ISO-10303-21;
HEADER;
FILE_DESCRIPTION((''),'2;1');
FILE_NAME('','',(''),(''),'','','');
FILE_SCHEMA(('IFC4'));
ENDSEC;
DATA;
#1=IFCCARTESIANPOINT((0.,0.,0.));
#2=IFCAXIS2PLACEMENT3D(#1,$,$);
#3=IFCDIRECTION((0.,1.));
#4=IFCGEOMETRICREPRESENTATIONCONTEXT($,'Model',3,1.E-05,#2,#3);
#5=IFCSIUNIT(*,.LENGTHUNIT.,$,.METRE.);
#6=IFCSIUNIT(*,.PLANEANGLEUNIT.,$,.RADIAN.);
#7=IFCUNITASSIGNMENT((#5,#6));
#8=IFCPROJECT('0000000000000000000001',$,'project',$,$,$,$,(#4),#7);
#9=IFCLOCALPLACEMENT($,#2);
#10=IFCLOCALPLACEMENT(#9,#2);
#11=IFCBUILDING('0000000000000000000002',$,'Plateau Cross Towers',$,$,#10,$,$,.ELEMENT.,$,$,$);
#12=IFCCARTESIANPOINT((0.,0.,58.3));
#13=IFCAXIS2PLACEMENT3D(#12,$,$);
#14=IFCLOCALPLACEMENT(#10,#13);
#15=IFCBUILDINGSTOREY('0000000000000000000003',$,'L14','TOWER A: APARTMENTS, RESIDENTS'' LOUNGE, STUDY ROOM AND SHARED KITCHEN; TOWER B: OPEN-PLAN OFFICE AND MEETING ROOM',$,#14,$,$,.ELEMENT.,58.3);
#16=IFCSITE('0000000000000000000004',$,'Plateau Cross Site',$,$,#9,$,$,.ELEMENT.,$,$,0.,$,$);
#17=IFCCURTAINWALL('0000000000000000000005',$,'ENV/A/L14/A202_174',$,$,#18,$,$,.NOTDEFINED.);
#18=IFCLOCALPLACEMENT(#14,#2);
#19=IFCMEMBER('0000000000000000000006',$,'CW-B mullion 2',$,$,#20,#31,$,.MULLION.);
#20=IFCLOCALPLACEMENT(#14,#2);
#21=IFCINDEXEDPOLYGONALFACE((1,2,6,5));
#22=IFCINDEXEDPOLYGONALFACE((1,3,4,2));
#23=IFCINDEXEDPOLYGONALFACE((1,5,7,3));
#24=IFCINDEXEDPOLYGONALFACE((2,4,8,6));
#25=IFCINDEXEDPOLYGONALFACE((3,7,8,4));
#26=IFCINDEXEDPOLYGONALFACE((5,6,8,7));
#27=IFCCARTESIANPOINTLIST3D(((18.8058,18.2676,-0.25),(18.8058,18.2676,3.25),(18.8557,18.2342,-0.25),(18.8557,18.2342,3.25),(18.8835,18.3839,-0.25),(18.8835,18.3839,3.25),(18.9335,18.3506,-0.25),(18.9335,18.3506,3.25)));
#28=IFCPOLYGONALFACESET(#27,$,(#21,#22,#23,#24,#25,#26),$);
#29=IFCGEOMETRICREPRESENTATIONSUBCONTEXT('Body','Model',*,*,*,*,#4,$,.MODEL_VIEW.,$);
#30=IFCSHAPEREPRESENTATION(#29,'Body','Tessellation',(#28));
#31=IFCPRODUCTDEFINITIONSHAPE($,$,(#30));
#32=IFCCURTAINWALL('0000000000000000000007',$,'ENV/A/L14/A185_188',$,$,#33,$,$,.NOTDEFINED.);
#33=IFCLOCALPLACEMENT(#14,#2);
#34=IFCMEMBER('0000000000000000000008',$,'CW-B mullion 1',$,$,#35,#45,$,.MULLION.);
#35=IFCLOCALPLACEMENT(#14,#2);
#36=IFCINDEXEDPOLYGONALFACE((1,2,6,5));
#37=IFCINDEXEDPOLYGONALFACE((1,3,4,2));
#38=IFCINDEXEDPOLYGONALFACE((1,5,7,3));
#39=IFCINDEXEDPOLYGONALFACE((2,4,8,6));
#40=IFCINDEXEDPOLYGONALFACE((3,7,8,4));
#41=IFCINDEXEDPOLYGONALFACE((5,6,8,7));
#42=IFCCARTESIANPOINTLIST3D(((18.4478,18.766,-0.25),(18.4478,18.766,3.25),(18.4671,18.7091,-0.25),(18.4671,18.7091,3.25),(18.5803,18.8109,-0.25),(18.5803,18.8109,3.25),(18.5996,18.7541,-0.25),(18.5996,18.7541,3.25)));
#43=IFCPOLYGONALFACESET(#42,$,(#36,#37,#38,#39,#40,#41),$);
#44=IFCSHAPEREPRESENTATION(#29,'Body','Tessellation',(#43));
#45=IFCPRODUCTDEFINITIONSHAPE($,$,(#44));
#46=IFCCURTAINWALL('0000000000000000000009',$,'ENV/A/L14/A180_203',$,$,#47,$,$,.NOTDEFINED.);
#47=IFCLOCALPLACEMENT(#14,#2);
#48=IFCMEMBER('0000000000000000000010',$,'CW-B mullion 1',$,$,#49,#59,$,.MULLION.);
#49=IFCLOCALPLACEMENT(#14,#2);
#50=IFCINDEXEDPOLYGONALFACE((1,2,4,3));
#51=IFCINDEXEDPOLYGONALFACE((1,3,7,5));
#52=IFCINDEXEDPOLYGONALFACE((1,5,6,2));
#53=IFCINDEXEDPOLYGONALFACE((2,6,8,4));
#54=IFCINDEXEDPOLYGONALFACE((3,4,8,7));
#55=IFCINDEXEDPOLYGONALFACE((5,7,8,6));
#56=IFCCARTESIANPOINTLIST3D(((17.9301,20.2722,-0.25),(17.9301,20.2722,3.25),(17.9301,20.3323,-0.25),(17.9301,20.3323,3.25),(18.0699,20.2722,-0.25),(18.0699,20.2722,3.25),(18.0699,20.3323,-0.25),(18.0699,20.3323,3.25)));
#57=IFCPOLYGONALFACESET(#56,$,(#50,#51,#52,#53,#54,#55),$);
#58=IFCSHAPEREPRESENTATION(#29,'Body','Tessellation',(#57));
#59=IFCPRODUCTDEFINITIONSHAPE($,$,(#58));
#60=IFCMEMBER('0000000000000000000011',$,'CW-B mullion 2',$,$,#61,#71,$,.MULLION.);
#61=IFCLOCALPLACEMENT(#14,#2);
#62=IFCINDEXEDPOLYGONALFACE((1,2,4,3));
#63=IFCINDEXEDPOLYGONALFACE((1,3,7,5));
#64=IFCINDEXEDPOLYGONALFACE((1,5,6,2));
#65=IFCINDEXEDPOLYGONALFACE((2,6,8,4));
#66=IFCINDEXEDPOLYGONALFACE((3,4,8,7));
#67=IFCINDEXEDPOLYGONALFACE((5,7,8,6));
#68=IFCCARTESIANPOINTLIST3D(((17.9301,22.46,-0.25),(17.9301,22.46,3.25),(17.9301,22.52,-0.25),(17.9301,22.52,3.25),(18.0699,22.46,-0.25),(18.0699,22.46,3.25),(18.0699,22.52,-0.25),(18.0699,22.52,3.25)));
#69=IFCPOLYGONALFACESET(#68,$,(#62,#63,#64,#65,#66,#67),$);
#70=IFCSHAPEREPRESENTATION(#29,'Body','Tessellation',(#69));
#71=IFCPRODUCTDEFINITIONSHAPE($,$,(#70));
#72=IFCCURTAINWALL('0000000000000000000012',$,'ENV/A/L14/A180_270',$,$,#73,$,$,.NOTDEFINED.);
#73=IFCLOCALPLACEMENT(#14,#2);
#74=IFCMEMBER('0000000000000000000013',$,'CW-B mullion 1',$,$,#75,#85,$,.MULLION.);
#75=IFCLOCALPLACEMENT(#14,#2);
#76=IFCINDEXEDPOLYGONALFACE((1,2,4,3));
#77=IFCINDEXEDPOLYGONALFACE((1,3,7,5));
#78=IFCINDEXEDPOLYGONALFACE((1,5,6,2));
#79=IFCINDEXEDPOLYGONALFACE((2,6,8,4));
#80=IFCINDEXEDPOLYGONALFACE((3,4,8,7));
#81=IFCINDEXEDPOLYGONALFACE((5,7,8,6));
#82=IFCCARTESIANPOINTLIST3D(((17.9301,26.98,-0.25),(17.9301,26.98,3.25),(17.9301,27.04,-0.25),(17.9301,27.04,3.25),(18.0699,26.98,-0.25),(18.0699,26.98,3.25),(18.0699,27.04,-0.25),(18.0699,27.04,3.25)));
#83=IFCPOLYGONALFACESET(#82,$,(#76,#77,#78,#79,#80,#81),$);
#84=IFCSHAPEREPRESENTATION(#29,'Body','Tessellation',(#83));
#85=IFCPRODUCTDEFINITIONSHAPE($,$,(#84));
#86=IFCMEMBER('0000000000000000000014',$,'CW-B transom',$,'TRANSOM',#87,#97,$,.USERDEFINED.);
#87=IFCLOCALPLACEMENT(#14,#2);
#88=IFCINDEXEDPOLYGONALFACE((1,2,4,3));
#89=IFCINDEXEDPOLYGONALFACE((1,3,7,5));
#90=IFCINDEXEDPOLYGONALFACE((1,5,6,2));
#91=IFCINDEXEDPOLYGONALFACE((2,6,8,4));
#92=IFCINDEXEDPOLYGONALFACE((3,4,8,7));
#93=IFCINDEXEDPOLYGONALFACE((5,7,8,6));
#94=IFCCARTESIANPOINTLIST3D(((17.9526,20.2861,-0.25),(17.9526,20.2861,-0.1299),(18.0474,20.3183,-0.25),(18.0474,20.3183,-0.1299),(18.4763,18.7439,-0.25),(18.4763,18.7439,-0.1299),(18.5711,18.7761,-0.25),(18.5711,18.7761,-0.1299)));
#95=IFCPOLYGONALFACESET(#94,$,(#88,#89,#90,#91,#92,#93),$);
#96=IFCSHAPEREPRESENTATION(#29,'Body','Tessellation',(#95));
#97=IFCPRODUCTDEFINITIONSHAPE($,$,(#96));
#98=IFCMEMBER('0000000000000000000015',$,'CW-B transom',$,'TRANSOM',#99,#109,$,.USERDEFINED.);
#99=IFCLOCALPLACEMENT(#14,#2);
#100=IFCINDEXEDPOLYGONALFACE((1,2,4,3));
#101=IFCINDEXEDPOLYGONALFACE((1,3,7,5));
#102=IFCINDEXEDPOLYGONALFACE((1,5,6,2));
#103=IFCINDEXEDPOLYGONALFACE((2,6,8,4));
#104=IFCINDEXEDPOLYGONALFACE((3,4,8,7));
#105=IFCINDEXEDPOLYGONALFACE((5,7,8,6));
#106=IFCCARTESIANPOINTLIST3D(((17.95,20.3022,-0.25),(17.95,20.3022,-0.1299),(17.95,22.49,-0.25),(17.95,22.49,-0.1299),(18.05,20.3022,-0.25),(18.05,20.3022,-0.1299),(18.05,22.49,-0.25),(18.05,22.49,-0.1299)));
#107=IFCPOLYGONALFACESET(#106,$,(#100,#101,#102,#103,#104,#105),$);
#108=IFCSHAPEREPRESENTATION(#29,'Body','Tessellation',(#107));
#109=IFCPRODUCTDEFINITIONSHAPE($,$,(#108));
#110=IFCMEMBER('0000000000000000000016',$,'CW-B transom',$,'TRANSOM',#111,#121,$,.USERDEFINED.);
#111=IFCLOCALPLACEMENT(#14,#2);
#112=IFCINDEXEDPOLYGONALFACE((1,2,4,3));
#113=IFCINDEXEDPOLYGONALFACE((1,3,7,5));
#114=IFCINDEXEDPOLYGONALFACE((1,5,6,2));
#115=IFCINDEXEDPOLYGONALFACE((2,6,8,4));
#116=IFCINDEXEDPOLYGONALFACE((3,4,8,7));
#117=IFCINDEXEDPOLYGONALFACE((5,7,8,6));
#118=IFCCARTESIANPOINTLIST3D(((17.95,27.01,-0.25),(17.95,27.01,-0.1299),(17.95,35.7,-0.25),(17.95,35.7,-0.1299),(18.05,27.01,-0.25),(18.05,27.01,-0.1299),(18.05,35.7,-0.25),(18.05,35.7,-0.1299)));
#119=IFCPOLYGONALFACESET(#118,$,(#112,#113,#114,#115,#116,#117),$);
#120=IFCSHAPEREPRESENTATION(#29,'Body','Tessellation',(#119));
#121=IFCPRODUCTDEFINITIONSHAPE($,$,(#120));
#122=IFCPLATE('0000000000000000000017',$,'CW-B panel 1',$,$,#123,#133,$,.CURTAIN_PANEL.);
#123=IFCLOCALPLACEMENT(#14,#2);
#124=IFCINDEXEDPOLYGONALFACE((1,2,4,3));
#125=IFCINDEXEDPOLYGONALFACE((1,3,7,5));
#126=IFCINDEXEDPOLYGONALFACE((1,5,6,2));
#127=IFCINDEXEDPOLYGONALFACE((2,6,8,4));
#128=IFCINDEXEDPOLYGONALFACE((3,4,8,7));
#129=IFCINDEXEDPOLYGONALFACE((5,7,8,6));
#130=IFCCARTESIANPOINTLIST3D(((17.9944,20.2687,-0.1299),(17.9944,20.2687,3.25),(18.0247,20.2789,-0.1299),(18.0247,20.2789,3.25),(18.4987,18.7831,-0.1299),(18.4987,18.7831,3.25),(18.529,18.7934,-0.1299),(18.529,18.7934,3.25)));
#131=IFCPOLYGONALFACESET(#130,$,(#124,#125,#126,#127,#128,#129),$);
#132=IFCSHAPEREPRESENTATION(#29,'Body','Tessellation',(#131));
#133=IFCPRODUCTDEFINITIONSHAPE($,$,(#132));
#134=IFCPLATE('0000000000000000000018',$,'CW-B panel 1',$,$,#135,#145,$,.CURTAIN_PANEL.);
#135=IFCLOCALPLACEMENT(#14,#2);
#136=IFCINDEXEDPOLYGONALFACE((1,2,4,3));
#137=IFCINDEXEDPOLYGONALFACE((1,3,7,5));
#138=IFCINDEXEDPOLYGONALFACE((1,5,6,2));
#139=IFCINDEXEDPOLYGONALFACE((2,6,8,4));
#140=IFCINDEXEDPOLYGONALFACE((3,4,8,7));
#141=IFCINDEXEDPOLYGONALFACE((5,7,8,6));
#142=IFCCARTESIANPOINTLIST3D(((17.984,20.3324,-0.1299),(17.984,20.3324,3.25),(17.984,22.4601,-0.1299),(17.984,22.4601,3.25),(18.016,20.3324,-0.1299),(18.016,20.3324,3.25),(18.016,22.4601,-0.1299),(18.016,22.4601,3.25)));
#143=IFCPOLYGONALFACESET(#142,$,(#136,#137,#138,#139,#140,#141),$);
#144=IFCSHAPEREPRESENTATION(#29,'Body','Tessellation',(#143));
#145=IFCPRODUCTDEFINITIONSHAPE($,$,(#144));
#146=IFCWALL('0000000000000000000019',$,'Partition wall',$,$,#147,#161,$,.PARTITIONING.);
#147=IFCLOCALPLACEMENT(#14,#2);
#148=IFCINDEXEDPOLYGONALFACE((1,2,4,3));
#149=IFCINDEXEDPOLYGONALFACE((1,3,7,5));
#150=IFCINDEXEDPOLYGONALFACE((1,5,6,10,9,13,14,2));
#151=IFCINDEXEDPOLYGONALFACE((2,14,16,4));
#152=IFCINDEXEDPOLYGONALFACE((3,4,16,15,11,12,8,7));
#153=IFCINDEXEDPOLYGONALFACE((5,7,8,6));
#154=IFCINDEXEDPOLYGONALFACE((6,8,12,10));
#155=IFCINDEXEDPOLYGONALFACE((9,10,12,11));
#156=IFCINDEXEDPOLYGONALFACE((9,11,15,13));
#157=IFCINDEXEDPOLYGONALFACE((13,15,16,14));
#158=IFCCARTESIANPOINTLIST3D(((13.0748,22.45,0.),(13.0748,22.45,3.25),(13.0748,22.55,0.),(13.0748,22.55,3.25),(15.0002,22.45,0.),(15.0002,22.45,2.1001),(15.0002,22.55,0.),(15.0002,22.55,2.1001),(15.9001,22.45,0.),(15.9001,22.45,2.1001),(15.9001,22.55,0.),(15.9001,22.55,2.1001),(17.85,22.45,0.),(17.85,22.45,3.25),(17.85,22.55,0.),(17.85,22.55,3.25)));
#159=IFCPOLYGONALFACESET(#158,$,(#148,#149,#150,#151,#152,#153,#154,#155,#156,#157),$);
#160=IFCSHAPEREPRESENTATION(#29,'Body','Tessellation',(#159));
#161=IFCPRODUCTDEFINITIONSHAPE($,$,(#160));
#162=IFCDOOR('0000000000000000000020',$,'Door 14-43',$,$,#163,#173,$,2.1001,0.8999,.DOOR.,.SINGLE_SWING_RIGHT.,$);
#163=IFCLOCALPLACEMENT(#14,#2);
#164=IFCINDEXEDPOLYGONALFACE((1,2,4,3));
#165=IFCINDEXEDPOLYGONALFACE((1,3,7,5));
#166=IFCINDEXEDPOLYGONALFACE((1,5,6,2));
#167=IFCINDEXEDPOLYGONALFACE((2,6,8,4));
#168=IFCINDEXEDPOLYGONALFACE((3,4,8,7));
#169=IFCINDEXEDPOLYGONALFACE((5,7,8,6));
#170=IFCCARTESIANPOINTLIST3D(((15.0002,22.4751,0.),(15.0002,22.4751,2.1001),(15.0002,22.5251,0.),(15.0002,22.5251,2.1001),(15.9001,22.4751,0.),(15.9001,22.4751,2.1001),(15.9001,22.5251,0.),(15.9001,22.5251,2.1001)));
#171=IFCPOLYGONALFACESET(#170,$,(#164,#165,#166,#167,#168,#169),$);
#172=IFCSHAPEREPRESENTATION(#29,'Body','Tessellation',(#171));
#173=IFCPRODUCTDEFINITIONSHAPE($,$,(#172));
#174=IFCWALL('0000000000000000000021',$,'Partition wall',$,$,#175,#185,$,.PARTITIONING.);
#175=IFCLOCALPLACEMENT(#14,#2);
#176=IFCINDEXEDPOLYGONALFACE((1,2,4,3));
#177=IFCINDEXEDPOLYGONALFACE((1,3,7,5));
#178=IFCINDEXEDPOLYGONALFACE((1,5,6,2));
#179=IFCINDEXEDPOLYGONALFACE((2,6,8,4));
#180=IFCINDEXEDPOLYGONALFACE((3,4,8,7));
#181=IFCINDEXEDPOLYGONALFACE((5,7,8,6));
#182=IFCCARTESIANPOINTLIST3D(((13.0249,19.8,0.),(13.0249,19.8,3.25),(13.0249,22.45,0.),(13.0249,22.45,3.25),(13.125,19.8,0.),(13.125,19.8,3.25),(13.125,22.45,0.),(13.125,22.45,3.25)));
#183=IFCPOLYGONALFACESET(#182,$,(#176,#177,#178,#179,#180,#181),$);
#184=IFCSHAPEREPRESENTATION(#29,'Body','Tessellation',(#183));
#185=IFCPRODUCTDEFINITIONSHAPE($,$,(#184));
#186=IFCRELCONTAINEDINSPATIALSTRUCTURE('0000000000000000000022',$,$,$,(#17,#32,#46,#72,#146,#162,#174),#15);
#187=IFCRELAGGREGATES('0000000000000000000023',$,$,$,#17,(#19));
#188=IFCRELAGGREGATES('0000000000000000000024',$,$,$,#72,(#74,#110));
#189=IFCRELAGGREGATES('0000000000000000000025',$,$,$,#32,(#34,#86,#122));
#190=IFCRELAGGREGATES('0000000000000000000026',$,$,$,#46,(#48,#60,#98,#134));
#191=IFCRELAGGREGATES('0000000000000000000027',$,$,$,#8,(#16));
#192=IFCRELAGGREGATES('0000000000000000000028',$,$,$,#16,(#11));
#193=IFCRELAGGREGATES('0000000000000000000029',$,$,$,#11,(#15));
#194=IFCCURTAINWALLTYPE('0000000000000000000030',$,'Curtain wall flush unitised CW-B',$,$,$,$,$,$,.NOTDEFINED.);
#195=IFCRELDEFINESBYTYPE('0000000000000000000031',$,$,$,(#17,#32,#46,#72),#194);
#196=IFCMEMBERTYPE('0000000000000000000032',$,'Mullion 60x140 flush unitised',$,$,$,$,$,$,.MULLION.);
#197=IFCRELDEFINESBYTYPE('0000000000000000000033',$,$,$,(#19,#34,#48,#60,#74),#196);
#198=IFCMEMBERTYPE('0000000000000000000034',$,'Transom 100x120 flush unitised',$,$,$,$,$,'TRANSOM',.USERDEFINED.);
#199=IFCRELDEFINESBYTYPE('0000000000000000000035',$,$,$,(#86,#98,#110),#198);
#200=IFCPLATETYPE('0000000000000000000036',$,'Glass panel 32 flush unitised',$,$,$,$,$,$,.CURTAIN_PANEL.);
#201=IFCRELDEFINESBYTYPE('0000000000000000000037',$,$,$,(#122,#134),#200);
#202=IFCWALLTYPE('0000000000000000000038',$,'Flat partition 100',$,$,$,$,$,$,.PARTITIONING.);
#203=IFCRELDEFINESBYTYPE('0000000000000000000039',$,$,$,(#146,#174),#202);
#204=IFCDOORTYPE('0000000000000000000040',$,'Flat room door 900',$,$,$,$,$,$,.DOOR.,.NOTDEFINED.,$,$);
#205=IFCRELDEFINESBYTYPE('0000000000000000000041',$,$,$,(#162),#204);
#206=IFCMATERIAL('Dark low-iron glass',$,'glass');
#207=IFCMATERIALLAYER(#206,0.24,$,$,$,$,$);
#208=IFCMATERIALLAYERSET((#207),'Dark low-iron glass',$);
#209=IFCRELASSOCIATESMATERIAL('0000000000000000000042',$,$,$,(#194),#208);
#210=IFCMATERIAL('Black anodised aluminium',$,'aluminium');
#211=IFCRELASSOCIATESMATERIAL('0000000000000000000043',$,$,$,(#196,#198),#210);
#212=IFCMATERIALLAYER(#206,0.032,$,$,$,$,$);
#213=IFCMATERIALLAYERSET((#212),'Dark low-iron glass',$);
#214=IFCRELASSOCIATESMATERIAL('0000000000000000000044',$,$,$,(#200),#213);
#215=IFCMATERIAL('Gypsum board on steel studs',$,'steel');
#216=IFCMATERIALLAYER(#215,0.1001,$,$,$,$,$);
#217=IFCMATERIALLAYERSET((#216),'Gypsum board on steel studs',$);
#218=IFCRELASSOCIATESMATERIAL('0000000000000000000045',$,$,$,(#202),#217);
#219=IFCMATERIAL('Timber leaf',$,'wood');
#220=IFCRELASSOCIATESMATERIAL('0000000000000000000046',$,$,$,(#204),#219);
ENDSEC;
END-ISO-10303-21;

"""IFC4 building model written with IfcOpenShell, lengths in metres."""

from ifc_helpers import new_model, si_unit, direction, frame, frame_2d, origin, origin_2d, place, context, subcontext, project, spatial, rectangle, extrude, material, layer, layer_set, material_profile, profile_set, type_object, element, fill, aggregate, save


model = new_model("IFC4")

# Units and contexts
model_context = context("Model", 3, precision=1e-05, world=origin(), true_north=direction((0.0, 1.0)))
body_context = subcontext(model_context, "Body", "Model", "MODEL_VIEW")
ifc_project = project(units=[si_unit("LENGTHUNIT", "METRE"), si_unit("PLANEANGLEUNIT", "RADIAN")], contexts=[model_context])

# Site, building, storey
site_placement = place(None, origin())
site = spatial("IfcSite", under=ifc_project, at=site_placement, Name="Plateau Cross Site", CompositionType="ELEMENT", RefElevation=0.0)
building_placement = place(site_placement, origin())
building = spatial("IfcBuilding", under=site, at=building_placement, Name="Plateau Cross Towers", CompositionType="ELEMENT")
storey_placement = place(building_placement, frame((0.0, 0.0, 58.3)))
storey = spatial("IfcBuildingStorey", under=building, at=storey_placement, Name="L14", Description="TOWER A: APARTMENTS, RESIDENTS' LOUNGE, STUDY ROOM AND SHARED KITCHEN; TOWER B: OPEN-PLAN OFFICE AND MEETING ROOM", CompositionType="ELEMENT", Elevation=58.3)

# Curtain walls, members
ifc_material_1 = material(Name="Dark low-iron glass", Category="glass")
ifc_layer_1 = layer(ifc_material_1, 0.24)
ifc_layer_set_1 = layer_set([ifc_layer_1], Name="Dark low-iron glass")
curtain_wall_type = type_object("IfcCurtainWallType", Name="Curtain wall flush unitised CW-B", PredefinedType="NOTDEFINED", material=ifc_layer_set_1)
curtain_wall_1_placement = place(storey_placement, origin())
curtain_wall_1 = element("IfcCurtainWall", 1, at=curtain_wall_1_placement, inside=storey, type_object=curtain_wall_type, Name="ENV/A/L14/A202_174", PredefinedType="NOTDEFINED")
ifc_material_2 = material(Name="Black anodised aluminium", Category="aluminium")
ifc_material_profile_1 = material_profile(ifc_material_2, rectangle(XDim=0.0601, YDim=0.1399, at=origin_2d()), Name="MULLION 60x140")
ifc_profile_set_1 = profile_set([ifc_material_profile_1], Name="Black anodised aluminium")
member_type_1 = type_object("IfcMemberType", Name="Mullion 60x140 flush unitised", PredefinedType="MULLION", material=ifc_profile_set_1)
member_1_placement = place(storey_placement, frame((18.8696, 18.3091, -0.25), z_axis=(0.0, 0.0, 1.0), x_axis=(-0.831521, 0.555493, 0.0)))
member_1 = element("IfcMember", 2, at=member_1_placement, type_object=member_type_1, Name="CW-B mullion 2", PredefinedType="MULLION", context=body_context, shape_type="SweptSolid", body=[
    extrude(rectangle(XDim=0.0601, YDim=0.1399, at=origin_2d()), origin(), (0.0, 0.0, 1.0), 3.5),
])
aggregate(curtain_wall_1, [member_1])
curtain_wall_2_placement = place(storey_placement, origin())
curtain_wall_2 = element("IfcCurtainWall", 3, at=curtain_wall_2_placement, inside=storey, type_object=curtain_wall_type, Name="ENV/A/L14/A185_188", PredefinedType="NOTDEFINED")
member_2_placement = place(storey_placement, frame((18.5237, 18.76, -0.25), z_axis=(0.0, 0.0, 1.0), x_axis=(-0.321469, 0.94692, 0.0)))
member_2 = element("IfcMember", 4, at=member_2_placement, type_object=member_type_1, Name="CW-B mullion 1", PredefinedType="MULLION", context=body_context, shape_type="SweptSolid", body=[
    extrude(rectangle(XDim=0.0601, YDim=0.1399, at=origin_2d()), origin(), (0.0, 0.0, 1.0), 3.5),
])

# Curtain wall, members
curtain_wall_3_placement = place(storey_placement, origin())
curtain_wall_3 = element("IfcCurtainWall", 5, at=curtain_wall_3_placement, inside=storey, type_object=curtain_wall_type, Name="ENV/A/L14/A180_203", PredefinedType="NOTDEFINED")
member_3_placement = place(storey_placement, frame((18.0, 20.3022, -0.25), z_axis=(0.0, 0.0, 1.0), x_axis=(0.0, 1.0, 0.0)))
member_3 = element("IfcMember", 6, at=member_3_placement, type_object=member_type_1, Name="CW-B mullion 1", PredefinedType="MULLION", context=body_context, shape_type="SweptSolid", body=[
    extrude(rectangle(XDim=0.0601, YDim=0.1399, at=origin_2d()), origin(), (0.0, 0.0, 1.0), 3.5),
])
member_4_placement = place(storey_placement, frame((18.0, 22.49, -0.25), z_axis=(0.0, 0.0, 1.0), x_axis=(0.0, 1.0, 0.0)))
member_4 = element("IfcMember", 7, at=member_4_placement, type_object=member_type_1, Name="CW-B mullion 2", PredefinedType="MULLION", context=body_context, shape_type="SweptSolid", body=[
    extrude(rectangle(XDim=0.0601, YDim=0.1399, at=origin_2d()), origin(), (0.0, 0.0, 1.0), 3.5),
])

# Curtain wall, member
curtain_wall_4_placement = place(storey_placement, origin())
curtain_wall_4 = element("IfcCurtainWall", 8, at=curtain_wall_4_placement, inside=storey, type_object=curtain_wall_type, Name="ENV/A/L14/A180_270", PredefinedType="NOTDEFINED")
member_5_placement = place(storey_placement, frame((18.0, 27.01, -0.25), z_axis=(0.0, 0.0, 1.0), x_axis=(0.0, 1.0, 0.0)))
member_5 = element("IfcMember", 9, at=member_5_placement, type_object=member_type_1, Name="CW-B mullion 1", PredefinedType="MULLION", context=body_context, shape_type="SweptSolid", body=[
    extrude(rectangle(XDim=0.0601, YDim=0.1399, at=origin_2d()), origin(), (0.0, 0.0, 1.0), 3.5),
])

# Members
ifc_material_profile_2 = material_profile(ifc_material_2, rectangle(XDim=0.1001, YDim=0.1201, at=origin_2d()), Name="TRANSOM 100x120")
ifc_profile_set_2 = profile_set([ifc_material_profile_2], Name="Black anodised aluminium")
member_type_2 = type_object("IfcMemberType", Name="Transom 100x120 flush unitised", ElementType="TRANSOM", PredefinedType="USERDEFINED", material=ifc_profile_set_2)
member_6_placement = place(storey_placement, frame((18.5237, 18.76, -0.1899), z_axis=(-0.321529, 0.9469, 0.0), x_axis=(-0.9469, -0.321529, 0.0)))
member_6 = element("IfcMember", 10, at=member_6_placement, type_object=member_type_2, Name="CW-B transom", ObjectType="TRANSOM", PredefinedType="USERDEFINED", context=body_context, shape_type="SweptSolid", body=[
    extrude(rectangle(XDim=0.1001, YDim=0.1201, at=origin_2d()), origin(), (0.0, 0.0, 1.0), 1.6287),
])
member_7_placement = place(storey_placement, frame((18.0, 20.3022, -0.1899), z_axis=(0.0, 1.0, 0.0), x_axis=(-1.0, 0.0, 0.0)))
member_7 = element("IfcMember", 11, at=member_7_placement, type_object=member_type_2, Name="CW-B transom", ObjectType="TRANSOM", PredefinedType="USERDEFINED", context=body_context, shape_type="SweptSolid", body=[
    extrude(rectangle(XDim=0.1001, YDim=0.1201, at=origin_2d()), origin(), (0.0, 0.0, 1.0), 2.1877),
])
member_8_placement = place(storey_placement, frame((18.0, 27.01, -0.1899), z_axis=(0.0, 1.0, 0.0), x_axis=(-1.0, 0.0, 0.0)))
member_8 = element("IfcMember", 12, at=member_8_placement, type_object=member_type_2, Name="CW-B transom", ObjectType="TRANSOM", PredefinedType="USERDEFINED", context=body_context, shape_type="SweptSolid", body=[
    extrude(rectangle(XDim=0.1001, YDim=0.1201, at=origin_2d()), origin(), (0.0, 0.0, 1.0), 8.6899),
])
aggregate(curtain_wall_4, [member_5, member_8])

# Plates
ifc_layer_2 = layer(ifc_material_1, 0.032)
ifc_layer_set_2 = layer_set([ifc_layer_2], Name="Dark low-iron glass")
plate_type = type_object("IfcPlateType", Name="Glass panel 32 flush unitised", PredefinedType="CURTAIN_PANEL", material=ifc_layer_set_2)
plate_1_placement = place(storey_placement, frame((18.2617, 19.531, -0.1299), z_axis=(0.0, 0.0, 1.0), x_axis=(-0.321469, 0.94692, 0.0)))
plate_1 = element("IfcPlate", 13, at=plate_1_placement, type_object=plate_type, Name="CW-B panel 1", PredefinedType="CURTAIN_PANEL", context=body_context, shape_type="SweptSolid", body=[
    extrude(rectangle(XDim=1.5688, YDim=0.032, at=origin_2d()), origin(), (0.0, 0.0, 1.0), 3.3799),
])
aggregate(curtain_wall_2, [member_2, member_6, plate_1])
plate_2_placement = place(storey_placement, frame((18.0, 21.3962, -0.1299), z_axis=(0.0, 0.0, 1.0), x_axis=(0.0, 1.0, 0.0)))
plate_2 = element("IfcPlate", 14, at=plate_2_placement, type_object=plate_type, Name="CW-B panel 1", PredefinedType="CURTAIN_PANEL", context=body_context, shape_type="SweptSolid", body=[
    extrude(rectangle(XDim=2.1277, YDim=0.032, at=origin_2d()), origin(), (0.0, 0.0, 1.0), 3.3799),
])
aggregate(curtain_wall_3, [member_3, member_4, member_7, plate_2])

# Wall, opening, door
ifc_material_3 = material(Name="Gypsum board on steel studs", Category="steel")
ifc_layer_3 = layer(ifc_material_3, 0.1001)
ifc_layer_set_3 = layer_set([ifc_layer_3], Name="Gypsum board on steel studs")
wall_type_1 = type_object("IfcWallType", Name="Flat partition 100", PredefinedType="PARTITIONING", material=ifc_layer_set_3)
wall_1_placement = place(storey_placement, frame((17.8501, 22.5, 0.0), z_axis=(0.0, 0.0, 1.0), x_axis=(-1.0, 0.0, 0.0)))
wall_1 = element("IfcWall", 15, at=wall_1_placement, inside=storey, type_object=wall_type_1, Name="Partition wall", PredefinedType="PARTITIONING", context=body_context, shape_type="SweptSolid", body=[
    extrude(rectangle(XDim=4.7751, YDim=0.1001, at=frame_2d((2.3877, 0.0))), origin(), (0.0, 0.0, 1.0), 3.25),
])
opening_1_placement = place(wall_1_placement, frame((1.95, 0.0, 0.0)))
opening_1 = element("IfcOpeningElement", 16, at=opening_1_placement, cuts=wall_1, PredefinedType="OPENING", context=body_context, shape_type="SweptSolid", body=[
    extrude(rectangle(XDim=0.8999, YDim=2.1001, at=frame_2d((0.45, 1.05))), frame((0.0, 0.0601, 0.0), z_axis=(0.0, -1.0, 0.0), x_axis=(1.0, 0.0, 0.0)), (0.0, 0.0, 1.0), 0.1201),
])
ifc_material_4 = material(Name="Timber leaf", Category="wood")
door_type_1 = type_object("IfcDoorType", Name="Flat room door 900", OperationType="NOTDEFINED", PredefinedType="DOOR", material=ifc_material_4)
door_1_placement = place(opening_1_placement, origin())
door_1 = element("IfcDoor", 17, at=door_1_placement, inside=storey, type_object=door_type_1, Name="Door 14-43", OperationType="SINGLE_SWING_RIGHT", OverallHeight=2.1001, OverallWidth=0.8999, PredefinedType="DOOR", context=body_context, shape_type="SweptSolid", body=[
    extrude(rectangle(XDim=0.8999, YDim=2.1001, at=frame_2d((0.45, 1.05))), frame((0.0, 0.0249, 0.0), z_axis=(0.0, -1.0, 0.0), x_axis=(1.0, 0.0, 0.0)), (0.0, 0.0, 1.0), 0.05),
])
fill(opening_1, door_1)

# Wall
wall_2_placement = place(storey_placement, frame((13.075, 22.45, 0.0), z_axis=(0.0, 0.0, 1.0), x_axis=(0.0, -1.0, 0.0)))
element("IfcWall", 18, at=wall_2_placement, inside=storey, type_object=wall_type_1, Name="Partition wall", PredefinedType="PARTITIONING", context=body_context, shape_type="SweptSolid", body=[
    extrude(rectangle(XDim=2.6499, YDim=0.1001, at=frame_2d((1.325, 0.0))), origin(), (0.0, 0.0, 1.0), 3.25),
])

save(model, "model.ifc")
